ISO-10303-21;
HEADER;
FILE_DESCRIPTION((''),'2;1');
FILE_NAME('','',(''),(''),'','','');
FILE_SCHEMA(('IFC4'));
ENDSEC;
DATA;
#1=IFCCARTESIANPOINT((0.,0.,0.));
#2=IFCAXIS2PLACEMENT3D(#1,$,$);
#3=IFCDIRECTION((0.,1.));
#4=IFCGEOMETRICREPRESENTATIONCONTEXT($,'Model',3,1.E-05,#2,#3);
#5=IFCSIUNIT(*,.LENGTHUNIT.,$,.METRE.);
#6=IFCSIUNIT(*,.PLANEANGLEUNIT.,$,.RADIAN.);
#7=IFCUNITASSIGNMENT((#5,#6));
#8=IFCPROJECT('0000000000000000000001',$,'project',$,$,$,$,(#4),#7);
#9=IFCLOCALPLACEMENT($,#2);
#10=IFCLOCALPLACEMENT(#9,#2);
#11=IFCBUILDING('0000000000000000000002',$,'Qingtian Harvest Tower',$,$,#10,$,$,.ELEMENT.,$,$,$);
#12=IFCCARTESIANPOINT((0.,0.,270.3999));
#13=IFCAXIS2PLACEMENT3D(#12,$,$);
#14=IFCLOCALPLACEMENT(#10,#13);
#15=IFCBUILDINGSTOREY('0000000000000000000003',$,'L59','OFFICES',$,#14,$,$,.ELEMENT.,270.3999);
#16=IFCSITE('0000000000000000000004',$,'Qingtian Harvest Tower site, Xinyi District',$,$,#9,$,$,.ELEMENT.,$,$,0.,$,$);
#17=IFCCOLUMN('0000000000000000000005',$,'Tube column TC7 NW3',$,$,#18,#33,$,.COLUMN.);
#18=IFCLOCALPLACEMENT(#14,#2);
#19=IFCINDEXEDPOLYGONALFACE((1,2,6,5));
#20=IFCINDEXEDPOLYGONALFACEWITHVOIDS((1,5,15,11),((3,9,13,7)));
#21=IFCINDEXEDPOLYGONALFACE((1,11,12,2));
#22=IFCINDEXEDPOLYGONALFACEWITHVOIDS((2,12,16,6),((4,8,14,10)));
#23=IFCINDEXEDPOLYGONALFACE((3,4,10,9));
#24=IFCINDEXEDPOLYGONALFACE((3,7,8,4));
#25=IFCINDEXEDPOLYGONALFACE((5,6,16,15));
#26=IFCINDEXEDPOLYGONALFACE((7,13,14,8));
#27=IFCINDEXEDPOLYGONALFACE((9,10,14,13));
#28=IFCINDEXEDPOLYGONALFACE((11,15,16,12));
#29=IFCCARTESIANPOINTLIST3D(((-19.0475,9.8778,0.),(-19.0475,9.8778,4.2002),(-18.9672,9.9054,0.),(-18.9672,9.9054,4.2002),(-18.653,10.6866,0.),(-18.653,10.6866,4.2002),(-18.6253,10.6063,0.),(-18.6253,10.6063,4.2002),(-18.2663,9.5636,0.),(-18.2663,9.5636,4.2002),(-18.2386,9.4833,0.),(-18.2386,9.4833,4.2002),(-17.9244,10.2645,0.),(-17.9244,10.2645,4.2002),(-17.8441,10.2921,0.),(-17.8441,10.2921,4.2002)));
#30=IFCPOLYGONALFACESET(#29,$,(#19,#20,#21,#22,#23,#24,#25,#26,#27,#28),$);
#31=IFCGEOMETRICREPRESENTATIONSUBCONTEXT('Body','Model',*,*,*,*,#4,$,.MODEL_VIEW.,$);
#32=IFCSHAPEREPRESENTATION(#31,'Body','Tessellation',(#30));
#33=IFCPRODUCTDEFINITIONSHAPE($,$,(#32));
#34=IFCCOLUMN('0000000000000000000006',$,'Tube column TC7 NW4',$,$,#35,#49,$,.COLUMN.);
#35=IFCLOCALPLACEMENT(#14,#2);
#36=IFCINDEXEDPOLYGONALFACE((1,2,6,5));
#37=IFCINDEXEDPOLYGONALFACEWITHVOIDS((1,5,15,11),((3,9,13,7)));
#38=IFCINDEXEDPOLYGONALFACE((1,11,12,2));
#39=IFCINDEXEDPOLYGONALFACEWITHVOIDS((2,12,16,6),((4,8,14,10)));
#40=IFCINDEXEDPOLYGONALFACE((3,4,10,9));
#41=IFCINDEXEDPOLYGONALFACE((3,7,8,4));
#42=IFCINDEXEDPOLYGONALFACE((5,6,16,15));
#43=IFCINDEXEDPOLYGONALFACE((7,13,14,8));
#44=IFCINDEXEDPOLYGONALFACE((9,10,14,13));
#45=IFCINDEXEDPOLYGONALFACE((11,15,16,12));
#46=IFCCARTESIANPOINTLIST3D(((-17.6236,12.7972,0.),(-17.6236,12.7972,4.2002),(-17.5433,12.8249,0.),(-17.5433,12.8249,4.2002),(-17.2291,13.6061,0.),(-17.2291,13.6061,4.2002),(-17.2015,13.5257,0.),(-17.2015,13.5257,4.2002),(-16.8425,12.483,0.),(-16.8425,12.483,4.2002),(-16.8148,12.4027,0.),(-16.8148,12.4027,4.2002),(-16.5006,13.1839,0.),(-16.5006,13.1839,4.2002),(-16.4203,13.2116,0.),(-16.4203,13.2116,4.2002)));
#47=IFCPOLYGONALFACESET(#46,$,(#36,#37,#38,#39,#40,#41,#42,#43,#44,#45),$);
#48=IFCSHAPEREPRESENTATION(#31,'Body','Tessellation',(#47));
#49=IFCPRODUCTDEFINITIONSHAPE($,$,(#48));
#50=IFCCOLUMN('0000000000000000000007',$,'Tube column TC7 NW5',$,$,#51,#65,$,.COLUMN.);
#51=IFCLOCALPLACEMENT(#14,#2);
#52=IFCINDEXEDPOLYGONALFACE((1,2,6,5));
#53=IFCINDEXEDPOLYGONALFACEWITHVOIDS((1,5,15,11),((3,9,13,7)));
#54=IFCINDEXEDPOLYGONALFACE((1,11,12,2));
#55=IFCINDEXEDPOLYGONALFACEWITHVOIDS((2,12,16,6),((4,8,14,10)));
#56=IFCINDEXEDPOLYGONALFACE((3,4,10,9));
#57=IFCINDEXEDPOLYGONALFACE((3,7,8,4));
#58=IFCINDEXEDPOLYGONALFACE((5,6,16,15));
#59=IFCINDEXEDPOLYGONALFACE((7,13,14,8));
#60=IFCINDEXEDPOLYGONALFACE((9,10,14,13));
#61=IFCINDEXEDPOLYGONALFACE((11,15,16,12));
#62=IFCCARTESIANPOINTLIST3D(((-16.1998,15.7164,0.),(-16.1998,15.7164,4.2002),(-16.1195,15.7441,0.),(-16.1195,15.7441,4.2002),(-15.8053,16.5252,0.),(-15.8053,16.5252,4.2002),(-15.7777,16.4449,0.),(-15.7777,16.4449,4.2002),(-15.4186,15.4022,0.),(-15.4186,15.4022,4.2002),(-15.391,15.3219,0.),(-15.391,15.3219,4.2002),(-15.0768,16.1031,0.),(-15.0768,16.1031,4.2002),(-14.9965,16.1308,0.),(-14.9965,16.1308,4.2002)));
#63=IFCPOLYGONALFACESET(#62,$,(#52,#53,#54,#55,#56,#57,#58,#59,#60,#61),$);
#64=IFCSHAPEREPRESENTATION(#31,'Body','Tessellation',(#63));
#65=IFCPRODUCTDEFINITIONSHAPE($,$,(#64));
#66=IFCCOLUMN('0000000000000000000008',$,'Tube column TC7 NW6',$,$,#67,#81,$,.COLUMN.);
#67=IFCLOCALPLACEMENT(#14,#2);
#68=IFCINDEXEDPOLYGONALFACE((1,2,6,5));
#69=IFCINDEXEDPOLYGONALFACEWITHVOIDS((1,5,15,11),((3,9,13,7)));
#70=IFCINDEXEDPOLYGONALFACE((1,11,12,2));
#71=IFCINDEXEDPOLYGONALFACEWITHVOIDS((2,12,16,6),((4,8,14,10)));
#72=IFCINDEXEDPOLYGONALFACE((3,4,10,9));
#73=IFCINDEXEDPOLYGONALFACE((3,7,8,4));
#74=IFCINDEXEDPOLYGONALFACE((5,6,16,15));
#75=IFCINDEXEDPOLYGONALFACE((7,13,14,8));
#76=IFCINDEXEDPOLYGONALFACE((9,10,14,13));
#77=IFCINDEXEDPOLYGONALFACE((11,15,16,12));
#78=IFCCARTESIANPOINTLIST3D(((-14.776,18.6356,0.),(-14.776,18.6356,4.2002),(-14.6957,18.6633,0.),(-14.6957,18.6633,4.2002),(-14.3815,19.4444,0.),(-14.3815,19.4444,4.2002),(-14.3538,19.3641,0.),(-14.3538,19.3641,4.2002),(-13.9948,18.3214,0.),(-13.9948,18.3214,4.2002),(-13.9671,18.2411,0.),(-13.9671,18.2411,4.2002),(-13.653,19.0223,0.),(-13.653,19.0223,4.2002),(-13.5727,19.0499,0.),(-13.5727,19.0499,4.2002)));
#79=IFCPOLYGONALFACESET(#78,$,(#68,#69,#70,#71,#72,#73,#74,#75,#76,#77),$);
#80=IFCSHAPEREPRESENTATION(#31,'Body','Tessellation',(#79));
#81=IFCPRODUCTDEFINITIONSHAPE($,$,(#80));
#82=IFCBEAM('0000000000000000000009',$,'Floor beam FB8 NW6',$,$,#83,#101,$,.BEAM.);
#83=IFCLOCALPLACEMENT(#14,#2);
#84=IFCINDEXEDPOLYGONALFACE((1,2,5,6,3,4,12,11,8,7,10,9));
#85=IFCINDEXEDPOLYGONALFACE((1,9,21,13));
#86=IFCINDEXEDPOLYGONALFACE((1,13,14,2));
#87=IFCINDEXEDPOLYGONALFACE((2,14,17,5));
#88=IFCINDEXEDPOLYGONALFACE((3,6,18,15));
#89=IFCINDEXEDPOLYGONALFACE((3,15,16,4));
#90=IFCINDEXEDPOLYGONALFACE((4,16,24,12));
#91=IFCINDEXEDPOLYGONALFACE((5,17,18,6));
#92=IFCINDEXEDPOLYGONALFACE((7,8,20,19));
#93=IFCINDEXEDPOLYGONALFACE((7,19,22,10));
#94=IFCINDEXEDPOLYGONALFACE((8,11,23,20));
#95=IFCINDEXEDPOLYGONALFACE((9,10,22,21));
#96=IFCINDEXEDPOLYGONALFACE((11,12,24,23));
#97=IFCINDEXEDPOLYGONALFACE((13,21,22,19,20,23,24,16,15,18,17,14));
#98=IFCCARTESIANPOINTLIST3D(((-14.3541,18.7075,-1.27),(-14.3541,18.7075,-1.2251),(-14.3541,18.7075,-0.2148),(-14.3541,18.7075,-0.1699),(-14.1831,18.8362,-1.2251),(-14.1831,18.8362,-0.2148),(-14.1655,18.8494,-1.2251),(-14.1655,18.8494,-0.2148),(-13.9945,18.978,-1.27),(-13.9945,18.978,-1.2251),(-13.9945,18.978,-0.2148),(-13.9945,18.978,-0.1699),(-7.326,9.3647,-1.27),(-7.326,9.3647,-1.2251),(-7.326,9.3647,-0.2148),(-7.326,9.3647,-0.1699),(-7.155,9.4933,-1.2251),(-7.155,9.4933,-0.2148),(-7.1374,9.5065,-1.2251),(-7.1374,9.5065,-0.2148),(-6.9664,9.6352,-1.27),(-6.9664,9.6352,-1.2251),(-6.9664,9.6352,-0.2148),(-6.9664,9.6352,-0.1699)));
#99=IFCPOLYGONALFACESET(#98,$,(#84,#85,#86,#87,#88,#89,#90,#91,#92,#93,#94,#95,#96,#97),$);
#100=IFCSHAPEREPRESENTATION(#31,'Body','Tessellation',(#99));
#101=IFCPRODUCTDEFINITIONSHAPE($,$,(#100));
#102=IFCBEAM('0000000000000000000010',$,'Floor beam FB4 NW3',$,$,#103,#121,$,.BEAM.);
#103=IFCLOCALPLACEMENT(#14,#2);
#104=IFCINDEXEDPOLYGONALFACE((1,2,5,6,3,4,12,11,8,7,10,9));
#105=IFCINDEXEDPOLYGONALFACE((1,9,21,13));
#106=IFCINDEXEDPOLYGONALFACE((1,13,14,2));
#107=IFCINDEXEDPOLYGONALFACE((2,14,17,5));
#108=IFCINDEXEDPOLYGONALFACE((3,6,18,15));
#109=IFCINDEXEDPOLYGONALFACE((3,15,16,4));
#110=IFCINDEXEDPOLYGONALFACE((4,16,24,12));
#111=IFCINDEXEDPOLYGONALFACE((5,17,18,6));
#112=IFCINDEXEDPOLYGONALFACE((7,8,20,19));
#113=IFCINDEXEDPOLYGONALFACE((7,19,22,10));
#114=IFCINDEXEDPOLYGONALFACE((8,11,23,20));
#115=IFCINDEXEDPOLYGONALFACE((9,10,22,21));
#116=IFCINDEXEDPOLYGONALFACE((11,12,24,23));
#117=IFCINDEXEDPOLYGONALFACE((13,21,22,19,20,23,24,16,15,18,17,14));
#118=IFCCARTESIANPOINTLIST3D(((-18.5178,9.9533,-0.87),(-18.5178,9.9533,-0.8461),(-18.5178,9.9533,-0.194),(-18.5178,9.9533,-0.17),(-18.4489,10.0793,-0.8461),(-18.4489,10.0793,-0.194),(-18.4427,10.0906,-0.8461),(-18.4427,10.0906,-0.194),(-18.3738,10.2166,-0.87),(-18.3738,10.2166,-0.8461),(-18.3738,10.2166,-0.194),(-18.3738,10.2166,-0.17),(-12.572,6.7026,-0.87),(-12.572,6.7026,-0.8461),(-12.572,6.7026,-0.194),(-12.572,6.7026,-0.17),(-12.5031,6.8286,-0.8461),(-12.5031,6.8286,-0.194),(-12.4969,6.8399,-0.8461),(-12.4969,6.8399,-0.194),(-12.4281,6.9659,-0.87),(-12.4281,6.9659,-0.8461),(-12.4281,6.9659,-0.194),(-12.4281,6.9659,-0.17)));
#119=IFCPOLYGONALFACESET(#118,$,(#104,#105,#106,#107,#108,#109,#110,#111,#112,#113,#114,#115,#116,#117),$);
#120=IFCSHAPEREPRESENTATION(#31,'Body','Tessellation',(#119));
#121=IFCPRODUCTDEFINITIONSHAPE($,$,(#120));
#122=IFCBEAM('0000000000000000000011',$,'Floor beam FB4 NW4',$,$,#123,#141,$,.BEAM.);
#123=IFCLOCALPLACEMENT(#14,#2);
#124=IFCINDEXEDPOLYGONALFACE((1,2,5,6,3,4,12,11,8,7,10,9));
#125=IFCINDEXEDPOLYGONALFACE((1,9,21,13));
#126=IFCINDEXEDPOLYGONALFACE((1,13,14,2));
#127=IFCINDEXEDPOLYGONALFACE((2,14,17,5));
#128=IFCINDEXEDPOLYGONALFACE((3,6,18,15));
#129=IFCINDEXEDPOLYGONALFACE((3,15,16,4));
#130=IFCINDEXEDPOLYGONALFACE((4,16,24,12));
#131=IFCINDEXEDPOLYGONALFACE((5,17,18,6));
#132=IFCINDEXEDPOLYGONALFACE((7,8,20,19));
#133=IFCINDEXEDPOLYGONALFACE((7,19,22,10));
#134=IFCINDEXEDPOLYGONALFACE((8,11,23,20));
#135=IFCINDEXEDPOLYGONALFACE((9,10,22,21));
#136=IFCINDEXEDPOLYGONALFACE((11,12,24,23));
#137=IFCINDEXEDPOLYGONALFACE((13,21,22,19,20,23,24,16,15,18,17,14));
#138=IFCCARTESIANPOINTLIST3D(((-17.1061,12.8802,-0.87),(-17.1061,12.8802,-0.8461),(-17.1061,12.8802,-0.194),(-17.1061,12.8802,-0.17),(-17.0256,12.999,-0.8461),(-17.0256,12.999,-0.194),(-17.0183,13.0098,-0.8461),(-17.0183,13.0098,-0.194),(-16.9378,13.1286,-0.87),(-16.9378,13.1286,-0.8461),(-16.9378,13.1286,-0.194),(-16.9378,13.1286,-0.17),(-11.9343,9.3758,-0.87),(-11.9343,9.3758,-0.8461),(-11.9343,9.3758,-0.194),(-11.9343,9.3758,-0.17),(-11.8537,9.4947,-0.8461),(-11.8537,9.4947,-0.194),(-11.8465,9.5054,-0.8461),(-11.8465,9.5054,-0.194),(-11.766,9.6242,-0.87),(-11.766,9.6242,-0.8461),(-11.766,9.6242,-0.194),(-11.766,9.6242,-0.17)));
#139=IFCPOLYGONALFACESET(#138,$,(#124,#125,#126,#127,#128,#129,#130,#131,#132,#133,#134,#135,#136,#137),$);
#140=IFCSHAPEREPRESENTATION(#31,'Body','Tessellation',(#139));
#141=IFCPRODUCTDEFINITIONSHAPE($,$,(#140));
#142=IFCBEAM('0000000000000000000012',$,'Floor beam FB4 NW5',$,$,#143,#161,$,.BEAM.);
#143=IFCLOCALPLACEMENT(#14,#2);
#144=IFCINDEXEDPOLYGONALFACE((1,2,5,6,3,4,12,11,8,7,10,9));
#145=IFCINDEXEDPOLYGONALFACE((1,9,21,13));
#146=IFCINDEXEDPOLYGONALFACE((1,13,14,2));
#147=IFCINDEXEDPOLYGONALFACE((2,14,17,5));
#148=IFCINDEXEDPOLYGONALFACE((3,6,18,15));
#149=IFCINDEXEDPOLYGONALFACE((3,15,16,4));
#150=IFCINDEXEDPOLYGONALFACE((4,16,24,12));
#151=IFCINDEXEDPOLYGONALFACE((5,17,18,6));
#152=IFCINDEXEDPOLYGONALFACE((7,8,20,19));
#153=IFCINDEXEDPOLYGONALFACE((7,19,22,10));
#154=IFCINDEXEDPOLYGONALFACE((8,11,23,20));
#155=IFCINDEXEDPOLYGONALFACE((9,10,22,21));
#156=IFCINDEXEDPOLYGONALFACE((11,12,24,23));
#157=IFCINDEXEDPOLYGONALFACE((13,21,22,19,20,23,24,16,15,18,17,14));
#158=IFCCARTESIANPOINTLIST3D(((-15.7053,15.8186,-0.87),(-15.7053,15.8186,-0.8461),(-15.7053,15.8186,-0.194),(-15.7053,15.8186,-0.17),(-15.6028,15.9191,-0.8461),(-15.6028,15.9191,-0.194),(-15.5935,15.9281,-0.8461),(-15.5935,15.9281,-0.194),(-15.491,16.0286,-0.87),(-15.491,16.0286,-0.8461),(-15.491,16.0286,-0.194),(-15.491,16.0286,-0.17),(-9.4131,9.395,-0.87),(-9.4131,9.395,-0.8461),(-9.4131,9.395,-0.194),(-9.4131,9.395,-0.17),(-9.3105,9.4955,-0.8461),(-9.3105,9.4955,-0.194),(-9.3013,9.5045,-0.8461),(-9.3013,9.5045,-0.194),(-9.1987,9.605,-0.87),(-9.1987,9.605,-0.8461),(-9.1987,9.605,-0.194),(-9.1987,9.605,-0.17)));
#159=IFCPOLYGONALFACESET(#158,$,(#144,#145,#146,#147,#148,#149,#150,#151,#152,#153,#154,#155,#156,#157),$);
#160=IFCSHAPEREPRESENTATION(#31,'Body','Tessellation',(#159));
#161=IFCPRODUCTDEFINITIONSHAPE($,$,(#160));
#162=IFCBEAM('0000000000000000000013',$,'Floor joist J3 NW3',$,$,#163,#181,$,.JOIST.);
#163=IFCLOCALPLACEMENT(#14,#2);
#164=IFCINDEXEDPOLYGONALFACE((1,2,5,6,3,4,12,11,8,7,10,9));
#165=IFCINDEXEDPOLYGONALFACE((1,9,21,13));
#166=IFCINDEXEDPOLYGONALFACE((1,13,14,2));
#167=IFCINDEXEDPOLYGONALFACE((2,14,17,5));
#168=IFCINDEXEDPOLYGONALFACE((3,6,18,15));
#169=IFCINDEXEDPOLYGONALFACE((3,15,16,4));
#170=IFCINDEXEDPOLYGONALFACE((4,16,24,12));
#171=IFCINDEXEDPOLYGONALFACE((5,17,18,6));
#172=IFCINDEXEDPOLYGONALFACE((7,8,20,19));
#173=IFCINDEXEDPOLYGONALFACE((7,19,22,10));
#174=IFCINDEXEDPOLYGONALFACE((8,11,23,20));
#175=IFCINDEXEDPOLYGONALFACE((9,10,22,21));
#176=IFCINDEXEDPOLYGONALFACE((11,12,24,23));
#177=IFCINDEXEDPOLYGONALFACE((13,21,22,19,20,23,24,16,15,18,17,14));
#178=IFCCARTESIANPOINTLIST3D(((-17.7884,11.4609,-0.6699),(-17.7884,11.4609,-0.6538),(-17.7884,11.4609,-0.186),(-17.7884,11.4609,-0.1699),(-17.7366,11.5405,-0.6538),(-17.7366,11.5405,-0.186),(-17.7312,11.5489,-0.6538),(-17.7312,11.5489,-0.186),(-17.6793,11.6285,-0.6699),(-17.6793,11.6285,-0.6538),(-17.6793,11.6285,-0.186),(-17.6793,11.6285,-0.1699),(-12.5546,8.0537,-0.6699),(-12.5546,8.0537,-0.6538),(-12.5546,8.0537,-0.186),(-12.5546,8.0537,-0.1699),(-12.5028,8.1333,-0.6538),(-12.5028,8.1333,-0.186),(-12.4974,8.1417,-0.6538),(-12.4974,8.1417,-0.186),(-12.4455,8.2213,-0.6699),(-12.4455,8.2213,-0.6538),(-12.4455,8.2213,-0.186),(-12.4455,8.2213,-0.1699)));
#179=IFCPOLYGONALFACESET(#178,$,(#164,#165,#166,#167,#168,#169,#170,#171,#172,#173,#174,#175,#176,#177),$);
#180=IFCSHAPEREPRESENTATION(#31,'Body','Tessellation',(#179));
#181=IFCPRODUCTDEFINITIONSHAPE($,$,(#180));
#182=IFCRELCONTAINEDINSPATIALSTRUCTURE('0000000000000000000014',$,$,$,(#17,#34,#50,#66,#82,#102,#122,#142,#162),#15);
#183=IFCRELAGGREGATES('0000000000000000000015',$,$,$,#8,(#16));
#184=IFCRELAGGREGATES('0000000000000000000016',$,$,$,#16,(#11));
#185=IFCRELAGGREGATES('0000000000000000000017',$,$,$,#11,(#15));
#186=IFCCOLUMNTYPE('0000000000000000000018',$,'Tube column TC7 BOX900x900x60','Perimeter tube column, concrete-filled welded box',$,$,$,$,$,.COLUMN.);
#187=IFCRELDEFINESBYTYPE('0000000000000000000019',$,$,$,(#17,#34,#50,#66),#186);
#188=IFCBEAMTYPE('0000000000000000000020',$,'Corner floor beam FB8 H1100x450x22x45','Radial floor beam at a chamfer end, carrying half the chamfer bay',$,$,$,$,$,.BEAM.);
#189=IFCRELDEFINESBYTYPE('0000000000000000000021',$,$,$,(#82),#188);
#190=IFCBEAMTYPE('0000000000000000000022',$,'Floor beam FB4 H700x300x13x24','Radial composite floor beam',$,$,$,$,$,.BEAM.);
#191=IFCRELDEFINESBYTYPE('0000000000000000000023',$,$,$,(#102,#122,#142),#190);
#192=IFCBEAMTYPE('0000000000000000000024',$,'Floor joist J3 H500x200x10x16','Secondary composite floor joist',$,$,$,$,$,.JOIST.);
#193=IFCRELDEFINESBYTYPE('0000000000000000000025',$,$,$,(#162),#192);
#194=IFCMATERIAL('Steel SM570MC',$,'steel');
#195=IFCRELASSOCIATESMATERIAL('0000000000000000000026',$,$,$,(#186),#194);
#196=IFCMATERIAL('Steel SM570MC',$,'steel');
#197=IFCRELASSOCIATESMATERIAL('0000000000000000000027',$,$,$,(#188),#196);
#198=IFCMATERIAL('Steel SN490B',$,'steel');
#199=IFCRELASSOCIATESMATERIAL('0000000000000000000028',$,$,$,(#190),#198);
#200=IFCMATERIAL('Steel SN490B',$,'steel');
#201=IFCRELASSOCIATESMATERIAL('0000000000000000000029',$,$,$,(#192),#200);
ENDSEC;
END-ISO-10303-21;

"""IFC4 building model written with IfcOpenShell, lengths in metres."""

from ifc_helpers import new_model, si_unit, direction, frame, origin, origin_2d, place, context, subcontext, project, spatial, hollow_rectangle, i_section, extrude, material, material_profile, profile_set, type_object, element, save


model = new_model("IFC4")

# Units and contexts
model_context = context("Model", 3, precision=1e-05, world=origin(), true_north=direction((0.0, 1.0)))
body_context = subcontext(model_context, "Body", "Model", "MODEL_VIEW")
ifc_project = project(units=[si_unit("LENGTHUNIT", "METRE"), si_unit("PLANEANGLEUNIT", "RADIAN")], contexts=[model_context])

# Site, building, storey
site_placement = place(None, origin())
site = spatial("IfcSite", under=ifc_project, at=site_placement, Name="Qingtian Harvest Tower site, Xinyi District", CompositionType="ELEMENT", RefElevation=0.0)
building_placement = place(site_placement, origin())
building = spatial("IfcBuilding", under=site, at=building_placement, Name="Qingtian Harvest Tower", CompositionType="ELEMENT")
storey_placement = place(building_placement, frame((0.0, 0.0, 270.3999)))
storey = spatial("IfcBuildingStorey", under=building, at=storey_placement, Name="L59", Description="OFFICES", CompositionType="ELEMENT", Elevation=270.3999)

# Columns
ifc_material_1 = material(Name="Steel SM570MC", Category="steel")
ifc_material_profile_1 = material_profile(ifc_material_1, hollow_rectangle(XDim=0.8999, YDim=0.8999, WallThickness=0.0601, at=origin_2d()), Name="BOX900x900x60")
ifc_profile_set_1 = profile_set([ifc_material_profile_1], Name="Steel SM570MC")
column_type = type_object("IfcColumnType", Name="Tube column TC7 BOX900x900x60", Description="Perimeter tube column, concrete-filled welded box", PredefinedType="COLUMN", material=ifc_profile_set_1)
for number, where, z_axis, x_axis, name in (
    (1, (-18.4458, 10.085, 0.0), (0.0, 0.0, 1.0), (-0.438371, -0.898794, 0.0), "Tube column TC7 NW3"),
    (2, (-17.022, 13.0044, 0.0), (0.0, 0.0, 1.0), (-0.438371, -0.898794, 0.0), "Tube column TC7 NW4"),
    (3, (-15.5981, 15.9236, 0.0), (0.0, 0.0, 1.0), (-0.438371, -0.898794, 0.0), "Tube column TC7 NW5"),
    (4, (-14.1743, 18.8428, 0.0), (0.0, 0.0, 1.0), (-0.438371, -0.898794, 0.0), "Tube column TC7 NW6"),
):
    element("IfcColumn", number, at=place(storey_placement, frame(where, z_axis=z_axis, x_axis=x_axis)), inside=storey, type_object=column_type, Name=name, PredefinedType="COLUMN", context=body_context, shape_type="SweptSolid", body=[
        extrude(hollow_rectangle(XDim=0.8999, YDim=0.8999, WallThickness=0.0601, at=origin_2d()), origin(), (0.0, 0.0, 1.0), 4.2002),
    ])

# Beams
ifc_material_2 = material(Name="Steel SM570MC", Category="steel")
ifc_material_profile_2 = material_profile(ifc_material_2, i_section(OverallWidth=0.45, OverallDepth=1.1001, WebThickness=0.022, FlangeThickness=0.0449, at=origin_2d()), Name="H1100x450x22x45")
ifc_profile_set_2 = profile_set([ifc_material_profile_2], Name="Steel SM570MC")
beam_type_1 = type_object("IfcBeamType", Name="Corner floor beam FB8 H1100x450x22x45", Description="Radial floor beam at a chamfer end, carrying half the chamfer bay", PredefinedType="BEAM", material=ifc_profile_set_2)
beam_1_placement = place(storey_placement, frame((-14.1743, 18.8428, -0.72), z_axis=(0.601149, -0.799137, 0.0), x_axis=(0.799137, 0.601149, 0.0)))
element("IfcBeam", 5, at=beam_1_placement, inside=storey, type_object=beam_type_1, Name="Floor beam FB8 NW6", PredefinedType="BEAM", context=body_context, shape_type="SweptSolid", body=[
    extrude(i_section(OverallWidth=0.45, OverallDepth=1.1001, WebThickness=0.022, FlangeThickness=0.0449, at=origin_2d()), origin(), (0.0, 0.0, 1.0), 11.6912),
])
ifc_material_3 = material(Name="Steel SN490B", Category="steel")
ifc_material_profile_3 = material_profile(ifc_material_3, i_section(OverallWidth=0.3, OverallDepth=0.7, WebThickness=0.0129, FlangeThickness=0.0239, at=origin_2d()), Name="H700x300x13x24")
ifc_profile_set_3 = profile_set([ifc_material_profile_3], Name="Steel SN490B")
beam_type_2 = type_object("IfcBeamType", Name="Floor beam FB4 H700x300x13x24", Description="Radial composite floor beam", PredefinedType="BEAM", material=ifc_profile_set_3)
beam_2_placement = place(storey_placement, frame((-18.4458, 10.085, -0.52), z_axis=(0.877426, -0.479713, 0.0), x_axis=(0.479713, 0.877426, 0.0)))
element("IfcBeam", 6, at=beam_2_placement, inside=storey, type_object=beam_type_2, Name="Floor beam FB4 NW3", PredefinedType="BEAM", context=body_context, shape_type="SweptSolid", body=[
    extrude(i_section(OverallWidth=0.3, OverallDepth=0.7, WebThickness=0.0129, FlangeThickness=0.0239, at=origin_2d()), origin(), (0.0, 0.0, 1.0), 6.7764),
])
beam_3_placement = place(storey_placement, frame((-17.022, 13.0044, -0.52), z_axis=(0.827854, -0.560943, 0.0), x_axis=(0.560943, 0.827854, 0.0)))
element("IfcBeam", 7, at=beam_3_placement, inside=storey, type_object=beam_type_2, Name="Floor beam FB4 NW4", PredefinedType="BEAM", context=body_context, shape_type="SweptSolid", body=[
    extrude(i_section(OverallWidth=0.3, OverallDepth=0.7, WebThickness=0.0129, FlangeThickness=0.0239, at=origin_2d()), origin(), (0.0, 0.0, 1.0), 6.2473),
])
beam_4_placement = place(storey_placement, frame((-15.5981, 15.9236, -0.52), z_axis=(0.699765, -0.714373, 0.0), x_axis=(0.714373, 0.699765, 0.0)))
element("IfcBeam", 8, at=beam_4_placement, inside=storey, type_object=beam_type_2, Name="Floor beam FB4 NW5", PredefinedType="BEAM", context=body_context, shape_type="SweptSolid", body=[
    extrude(i_section(OverallWidth=0.3, OverallDepth=0.7, WebThickness=0.0129, FlangeThickness=0.0239, at=origin_2d()), origin(), (0.0, 0.0, 1.0), 8.9919),
])
ifc_material_4 = material(Name="Steel SN490B", Category="steel")
ifc_material_profile_4 = material_profile(ifc_material_4, i_section(OverallWidth=0.2, OverallDepth=0.5, WebThickness=0.01, FlangeThickness=0.0161, at=origin_2d()), Name="H500x200x10x16")
ifc_profile_set_4 = profile_set([ifc_material_profile_4], Name="Steel SN490B")
beam_type_3 = type_object("IfcBeamType", Name="Floor joist J3 H500x200x10x16", Description="Secondary composite floor joist", PredefinedType="JOIST", material=ifc_profile_set_4)
beam_5_placement = place(storey_placement, frame((-17.7339, 11.5447, -0.4199), z_axis=(0.838063, -0.545574, 0.0), x_axis=(0.545574, 0.838063, 0.0)))
element("IfcBeam", 9, at=beam_5_placement, inside=storey, type_object=beam_type_3, Name="Floor joist J3 NW3", PredefinedType="JOIST", context=body_context, shape_type="SweptSolid", body=[
    extrude(i_section(OverallWidth=0.2, OverallDepth=0.5, WebThickness=0.01, FlangeThickness=0.0161, at=origin_2d()), origin(), (0.0, 0.0, 1.0), 6.2451),
])

save(model, "model.ifc")
